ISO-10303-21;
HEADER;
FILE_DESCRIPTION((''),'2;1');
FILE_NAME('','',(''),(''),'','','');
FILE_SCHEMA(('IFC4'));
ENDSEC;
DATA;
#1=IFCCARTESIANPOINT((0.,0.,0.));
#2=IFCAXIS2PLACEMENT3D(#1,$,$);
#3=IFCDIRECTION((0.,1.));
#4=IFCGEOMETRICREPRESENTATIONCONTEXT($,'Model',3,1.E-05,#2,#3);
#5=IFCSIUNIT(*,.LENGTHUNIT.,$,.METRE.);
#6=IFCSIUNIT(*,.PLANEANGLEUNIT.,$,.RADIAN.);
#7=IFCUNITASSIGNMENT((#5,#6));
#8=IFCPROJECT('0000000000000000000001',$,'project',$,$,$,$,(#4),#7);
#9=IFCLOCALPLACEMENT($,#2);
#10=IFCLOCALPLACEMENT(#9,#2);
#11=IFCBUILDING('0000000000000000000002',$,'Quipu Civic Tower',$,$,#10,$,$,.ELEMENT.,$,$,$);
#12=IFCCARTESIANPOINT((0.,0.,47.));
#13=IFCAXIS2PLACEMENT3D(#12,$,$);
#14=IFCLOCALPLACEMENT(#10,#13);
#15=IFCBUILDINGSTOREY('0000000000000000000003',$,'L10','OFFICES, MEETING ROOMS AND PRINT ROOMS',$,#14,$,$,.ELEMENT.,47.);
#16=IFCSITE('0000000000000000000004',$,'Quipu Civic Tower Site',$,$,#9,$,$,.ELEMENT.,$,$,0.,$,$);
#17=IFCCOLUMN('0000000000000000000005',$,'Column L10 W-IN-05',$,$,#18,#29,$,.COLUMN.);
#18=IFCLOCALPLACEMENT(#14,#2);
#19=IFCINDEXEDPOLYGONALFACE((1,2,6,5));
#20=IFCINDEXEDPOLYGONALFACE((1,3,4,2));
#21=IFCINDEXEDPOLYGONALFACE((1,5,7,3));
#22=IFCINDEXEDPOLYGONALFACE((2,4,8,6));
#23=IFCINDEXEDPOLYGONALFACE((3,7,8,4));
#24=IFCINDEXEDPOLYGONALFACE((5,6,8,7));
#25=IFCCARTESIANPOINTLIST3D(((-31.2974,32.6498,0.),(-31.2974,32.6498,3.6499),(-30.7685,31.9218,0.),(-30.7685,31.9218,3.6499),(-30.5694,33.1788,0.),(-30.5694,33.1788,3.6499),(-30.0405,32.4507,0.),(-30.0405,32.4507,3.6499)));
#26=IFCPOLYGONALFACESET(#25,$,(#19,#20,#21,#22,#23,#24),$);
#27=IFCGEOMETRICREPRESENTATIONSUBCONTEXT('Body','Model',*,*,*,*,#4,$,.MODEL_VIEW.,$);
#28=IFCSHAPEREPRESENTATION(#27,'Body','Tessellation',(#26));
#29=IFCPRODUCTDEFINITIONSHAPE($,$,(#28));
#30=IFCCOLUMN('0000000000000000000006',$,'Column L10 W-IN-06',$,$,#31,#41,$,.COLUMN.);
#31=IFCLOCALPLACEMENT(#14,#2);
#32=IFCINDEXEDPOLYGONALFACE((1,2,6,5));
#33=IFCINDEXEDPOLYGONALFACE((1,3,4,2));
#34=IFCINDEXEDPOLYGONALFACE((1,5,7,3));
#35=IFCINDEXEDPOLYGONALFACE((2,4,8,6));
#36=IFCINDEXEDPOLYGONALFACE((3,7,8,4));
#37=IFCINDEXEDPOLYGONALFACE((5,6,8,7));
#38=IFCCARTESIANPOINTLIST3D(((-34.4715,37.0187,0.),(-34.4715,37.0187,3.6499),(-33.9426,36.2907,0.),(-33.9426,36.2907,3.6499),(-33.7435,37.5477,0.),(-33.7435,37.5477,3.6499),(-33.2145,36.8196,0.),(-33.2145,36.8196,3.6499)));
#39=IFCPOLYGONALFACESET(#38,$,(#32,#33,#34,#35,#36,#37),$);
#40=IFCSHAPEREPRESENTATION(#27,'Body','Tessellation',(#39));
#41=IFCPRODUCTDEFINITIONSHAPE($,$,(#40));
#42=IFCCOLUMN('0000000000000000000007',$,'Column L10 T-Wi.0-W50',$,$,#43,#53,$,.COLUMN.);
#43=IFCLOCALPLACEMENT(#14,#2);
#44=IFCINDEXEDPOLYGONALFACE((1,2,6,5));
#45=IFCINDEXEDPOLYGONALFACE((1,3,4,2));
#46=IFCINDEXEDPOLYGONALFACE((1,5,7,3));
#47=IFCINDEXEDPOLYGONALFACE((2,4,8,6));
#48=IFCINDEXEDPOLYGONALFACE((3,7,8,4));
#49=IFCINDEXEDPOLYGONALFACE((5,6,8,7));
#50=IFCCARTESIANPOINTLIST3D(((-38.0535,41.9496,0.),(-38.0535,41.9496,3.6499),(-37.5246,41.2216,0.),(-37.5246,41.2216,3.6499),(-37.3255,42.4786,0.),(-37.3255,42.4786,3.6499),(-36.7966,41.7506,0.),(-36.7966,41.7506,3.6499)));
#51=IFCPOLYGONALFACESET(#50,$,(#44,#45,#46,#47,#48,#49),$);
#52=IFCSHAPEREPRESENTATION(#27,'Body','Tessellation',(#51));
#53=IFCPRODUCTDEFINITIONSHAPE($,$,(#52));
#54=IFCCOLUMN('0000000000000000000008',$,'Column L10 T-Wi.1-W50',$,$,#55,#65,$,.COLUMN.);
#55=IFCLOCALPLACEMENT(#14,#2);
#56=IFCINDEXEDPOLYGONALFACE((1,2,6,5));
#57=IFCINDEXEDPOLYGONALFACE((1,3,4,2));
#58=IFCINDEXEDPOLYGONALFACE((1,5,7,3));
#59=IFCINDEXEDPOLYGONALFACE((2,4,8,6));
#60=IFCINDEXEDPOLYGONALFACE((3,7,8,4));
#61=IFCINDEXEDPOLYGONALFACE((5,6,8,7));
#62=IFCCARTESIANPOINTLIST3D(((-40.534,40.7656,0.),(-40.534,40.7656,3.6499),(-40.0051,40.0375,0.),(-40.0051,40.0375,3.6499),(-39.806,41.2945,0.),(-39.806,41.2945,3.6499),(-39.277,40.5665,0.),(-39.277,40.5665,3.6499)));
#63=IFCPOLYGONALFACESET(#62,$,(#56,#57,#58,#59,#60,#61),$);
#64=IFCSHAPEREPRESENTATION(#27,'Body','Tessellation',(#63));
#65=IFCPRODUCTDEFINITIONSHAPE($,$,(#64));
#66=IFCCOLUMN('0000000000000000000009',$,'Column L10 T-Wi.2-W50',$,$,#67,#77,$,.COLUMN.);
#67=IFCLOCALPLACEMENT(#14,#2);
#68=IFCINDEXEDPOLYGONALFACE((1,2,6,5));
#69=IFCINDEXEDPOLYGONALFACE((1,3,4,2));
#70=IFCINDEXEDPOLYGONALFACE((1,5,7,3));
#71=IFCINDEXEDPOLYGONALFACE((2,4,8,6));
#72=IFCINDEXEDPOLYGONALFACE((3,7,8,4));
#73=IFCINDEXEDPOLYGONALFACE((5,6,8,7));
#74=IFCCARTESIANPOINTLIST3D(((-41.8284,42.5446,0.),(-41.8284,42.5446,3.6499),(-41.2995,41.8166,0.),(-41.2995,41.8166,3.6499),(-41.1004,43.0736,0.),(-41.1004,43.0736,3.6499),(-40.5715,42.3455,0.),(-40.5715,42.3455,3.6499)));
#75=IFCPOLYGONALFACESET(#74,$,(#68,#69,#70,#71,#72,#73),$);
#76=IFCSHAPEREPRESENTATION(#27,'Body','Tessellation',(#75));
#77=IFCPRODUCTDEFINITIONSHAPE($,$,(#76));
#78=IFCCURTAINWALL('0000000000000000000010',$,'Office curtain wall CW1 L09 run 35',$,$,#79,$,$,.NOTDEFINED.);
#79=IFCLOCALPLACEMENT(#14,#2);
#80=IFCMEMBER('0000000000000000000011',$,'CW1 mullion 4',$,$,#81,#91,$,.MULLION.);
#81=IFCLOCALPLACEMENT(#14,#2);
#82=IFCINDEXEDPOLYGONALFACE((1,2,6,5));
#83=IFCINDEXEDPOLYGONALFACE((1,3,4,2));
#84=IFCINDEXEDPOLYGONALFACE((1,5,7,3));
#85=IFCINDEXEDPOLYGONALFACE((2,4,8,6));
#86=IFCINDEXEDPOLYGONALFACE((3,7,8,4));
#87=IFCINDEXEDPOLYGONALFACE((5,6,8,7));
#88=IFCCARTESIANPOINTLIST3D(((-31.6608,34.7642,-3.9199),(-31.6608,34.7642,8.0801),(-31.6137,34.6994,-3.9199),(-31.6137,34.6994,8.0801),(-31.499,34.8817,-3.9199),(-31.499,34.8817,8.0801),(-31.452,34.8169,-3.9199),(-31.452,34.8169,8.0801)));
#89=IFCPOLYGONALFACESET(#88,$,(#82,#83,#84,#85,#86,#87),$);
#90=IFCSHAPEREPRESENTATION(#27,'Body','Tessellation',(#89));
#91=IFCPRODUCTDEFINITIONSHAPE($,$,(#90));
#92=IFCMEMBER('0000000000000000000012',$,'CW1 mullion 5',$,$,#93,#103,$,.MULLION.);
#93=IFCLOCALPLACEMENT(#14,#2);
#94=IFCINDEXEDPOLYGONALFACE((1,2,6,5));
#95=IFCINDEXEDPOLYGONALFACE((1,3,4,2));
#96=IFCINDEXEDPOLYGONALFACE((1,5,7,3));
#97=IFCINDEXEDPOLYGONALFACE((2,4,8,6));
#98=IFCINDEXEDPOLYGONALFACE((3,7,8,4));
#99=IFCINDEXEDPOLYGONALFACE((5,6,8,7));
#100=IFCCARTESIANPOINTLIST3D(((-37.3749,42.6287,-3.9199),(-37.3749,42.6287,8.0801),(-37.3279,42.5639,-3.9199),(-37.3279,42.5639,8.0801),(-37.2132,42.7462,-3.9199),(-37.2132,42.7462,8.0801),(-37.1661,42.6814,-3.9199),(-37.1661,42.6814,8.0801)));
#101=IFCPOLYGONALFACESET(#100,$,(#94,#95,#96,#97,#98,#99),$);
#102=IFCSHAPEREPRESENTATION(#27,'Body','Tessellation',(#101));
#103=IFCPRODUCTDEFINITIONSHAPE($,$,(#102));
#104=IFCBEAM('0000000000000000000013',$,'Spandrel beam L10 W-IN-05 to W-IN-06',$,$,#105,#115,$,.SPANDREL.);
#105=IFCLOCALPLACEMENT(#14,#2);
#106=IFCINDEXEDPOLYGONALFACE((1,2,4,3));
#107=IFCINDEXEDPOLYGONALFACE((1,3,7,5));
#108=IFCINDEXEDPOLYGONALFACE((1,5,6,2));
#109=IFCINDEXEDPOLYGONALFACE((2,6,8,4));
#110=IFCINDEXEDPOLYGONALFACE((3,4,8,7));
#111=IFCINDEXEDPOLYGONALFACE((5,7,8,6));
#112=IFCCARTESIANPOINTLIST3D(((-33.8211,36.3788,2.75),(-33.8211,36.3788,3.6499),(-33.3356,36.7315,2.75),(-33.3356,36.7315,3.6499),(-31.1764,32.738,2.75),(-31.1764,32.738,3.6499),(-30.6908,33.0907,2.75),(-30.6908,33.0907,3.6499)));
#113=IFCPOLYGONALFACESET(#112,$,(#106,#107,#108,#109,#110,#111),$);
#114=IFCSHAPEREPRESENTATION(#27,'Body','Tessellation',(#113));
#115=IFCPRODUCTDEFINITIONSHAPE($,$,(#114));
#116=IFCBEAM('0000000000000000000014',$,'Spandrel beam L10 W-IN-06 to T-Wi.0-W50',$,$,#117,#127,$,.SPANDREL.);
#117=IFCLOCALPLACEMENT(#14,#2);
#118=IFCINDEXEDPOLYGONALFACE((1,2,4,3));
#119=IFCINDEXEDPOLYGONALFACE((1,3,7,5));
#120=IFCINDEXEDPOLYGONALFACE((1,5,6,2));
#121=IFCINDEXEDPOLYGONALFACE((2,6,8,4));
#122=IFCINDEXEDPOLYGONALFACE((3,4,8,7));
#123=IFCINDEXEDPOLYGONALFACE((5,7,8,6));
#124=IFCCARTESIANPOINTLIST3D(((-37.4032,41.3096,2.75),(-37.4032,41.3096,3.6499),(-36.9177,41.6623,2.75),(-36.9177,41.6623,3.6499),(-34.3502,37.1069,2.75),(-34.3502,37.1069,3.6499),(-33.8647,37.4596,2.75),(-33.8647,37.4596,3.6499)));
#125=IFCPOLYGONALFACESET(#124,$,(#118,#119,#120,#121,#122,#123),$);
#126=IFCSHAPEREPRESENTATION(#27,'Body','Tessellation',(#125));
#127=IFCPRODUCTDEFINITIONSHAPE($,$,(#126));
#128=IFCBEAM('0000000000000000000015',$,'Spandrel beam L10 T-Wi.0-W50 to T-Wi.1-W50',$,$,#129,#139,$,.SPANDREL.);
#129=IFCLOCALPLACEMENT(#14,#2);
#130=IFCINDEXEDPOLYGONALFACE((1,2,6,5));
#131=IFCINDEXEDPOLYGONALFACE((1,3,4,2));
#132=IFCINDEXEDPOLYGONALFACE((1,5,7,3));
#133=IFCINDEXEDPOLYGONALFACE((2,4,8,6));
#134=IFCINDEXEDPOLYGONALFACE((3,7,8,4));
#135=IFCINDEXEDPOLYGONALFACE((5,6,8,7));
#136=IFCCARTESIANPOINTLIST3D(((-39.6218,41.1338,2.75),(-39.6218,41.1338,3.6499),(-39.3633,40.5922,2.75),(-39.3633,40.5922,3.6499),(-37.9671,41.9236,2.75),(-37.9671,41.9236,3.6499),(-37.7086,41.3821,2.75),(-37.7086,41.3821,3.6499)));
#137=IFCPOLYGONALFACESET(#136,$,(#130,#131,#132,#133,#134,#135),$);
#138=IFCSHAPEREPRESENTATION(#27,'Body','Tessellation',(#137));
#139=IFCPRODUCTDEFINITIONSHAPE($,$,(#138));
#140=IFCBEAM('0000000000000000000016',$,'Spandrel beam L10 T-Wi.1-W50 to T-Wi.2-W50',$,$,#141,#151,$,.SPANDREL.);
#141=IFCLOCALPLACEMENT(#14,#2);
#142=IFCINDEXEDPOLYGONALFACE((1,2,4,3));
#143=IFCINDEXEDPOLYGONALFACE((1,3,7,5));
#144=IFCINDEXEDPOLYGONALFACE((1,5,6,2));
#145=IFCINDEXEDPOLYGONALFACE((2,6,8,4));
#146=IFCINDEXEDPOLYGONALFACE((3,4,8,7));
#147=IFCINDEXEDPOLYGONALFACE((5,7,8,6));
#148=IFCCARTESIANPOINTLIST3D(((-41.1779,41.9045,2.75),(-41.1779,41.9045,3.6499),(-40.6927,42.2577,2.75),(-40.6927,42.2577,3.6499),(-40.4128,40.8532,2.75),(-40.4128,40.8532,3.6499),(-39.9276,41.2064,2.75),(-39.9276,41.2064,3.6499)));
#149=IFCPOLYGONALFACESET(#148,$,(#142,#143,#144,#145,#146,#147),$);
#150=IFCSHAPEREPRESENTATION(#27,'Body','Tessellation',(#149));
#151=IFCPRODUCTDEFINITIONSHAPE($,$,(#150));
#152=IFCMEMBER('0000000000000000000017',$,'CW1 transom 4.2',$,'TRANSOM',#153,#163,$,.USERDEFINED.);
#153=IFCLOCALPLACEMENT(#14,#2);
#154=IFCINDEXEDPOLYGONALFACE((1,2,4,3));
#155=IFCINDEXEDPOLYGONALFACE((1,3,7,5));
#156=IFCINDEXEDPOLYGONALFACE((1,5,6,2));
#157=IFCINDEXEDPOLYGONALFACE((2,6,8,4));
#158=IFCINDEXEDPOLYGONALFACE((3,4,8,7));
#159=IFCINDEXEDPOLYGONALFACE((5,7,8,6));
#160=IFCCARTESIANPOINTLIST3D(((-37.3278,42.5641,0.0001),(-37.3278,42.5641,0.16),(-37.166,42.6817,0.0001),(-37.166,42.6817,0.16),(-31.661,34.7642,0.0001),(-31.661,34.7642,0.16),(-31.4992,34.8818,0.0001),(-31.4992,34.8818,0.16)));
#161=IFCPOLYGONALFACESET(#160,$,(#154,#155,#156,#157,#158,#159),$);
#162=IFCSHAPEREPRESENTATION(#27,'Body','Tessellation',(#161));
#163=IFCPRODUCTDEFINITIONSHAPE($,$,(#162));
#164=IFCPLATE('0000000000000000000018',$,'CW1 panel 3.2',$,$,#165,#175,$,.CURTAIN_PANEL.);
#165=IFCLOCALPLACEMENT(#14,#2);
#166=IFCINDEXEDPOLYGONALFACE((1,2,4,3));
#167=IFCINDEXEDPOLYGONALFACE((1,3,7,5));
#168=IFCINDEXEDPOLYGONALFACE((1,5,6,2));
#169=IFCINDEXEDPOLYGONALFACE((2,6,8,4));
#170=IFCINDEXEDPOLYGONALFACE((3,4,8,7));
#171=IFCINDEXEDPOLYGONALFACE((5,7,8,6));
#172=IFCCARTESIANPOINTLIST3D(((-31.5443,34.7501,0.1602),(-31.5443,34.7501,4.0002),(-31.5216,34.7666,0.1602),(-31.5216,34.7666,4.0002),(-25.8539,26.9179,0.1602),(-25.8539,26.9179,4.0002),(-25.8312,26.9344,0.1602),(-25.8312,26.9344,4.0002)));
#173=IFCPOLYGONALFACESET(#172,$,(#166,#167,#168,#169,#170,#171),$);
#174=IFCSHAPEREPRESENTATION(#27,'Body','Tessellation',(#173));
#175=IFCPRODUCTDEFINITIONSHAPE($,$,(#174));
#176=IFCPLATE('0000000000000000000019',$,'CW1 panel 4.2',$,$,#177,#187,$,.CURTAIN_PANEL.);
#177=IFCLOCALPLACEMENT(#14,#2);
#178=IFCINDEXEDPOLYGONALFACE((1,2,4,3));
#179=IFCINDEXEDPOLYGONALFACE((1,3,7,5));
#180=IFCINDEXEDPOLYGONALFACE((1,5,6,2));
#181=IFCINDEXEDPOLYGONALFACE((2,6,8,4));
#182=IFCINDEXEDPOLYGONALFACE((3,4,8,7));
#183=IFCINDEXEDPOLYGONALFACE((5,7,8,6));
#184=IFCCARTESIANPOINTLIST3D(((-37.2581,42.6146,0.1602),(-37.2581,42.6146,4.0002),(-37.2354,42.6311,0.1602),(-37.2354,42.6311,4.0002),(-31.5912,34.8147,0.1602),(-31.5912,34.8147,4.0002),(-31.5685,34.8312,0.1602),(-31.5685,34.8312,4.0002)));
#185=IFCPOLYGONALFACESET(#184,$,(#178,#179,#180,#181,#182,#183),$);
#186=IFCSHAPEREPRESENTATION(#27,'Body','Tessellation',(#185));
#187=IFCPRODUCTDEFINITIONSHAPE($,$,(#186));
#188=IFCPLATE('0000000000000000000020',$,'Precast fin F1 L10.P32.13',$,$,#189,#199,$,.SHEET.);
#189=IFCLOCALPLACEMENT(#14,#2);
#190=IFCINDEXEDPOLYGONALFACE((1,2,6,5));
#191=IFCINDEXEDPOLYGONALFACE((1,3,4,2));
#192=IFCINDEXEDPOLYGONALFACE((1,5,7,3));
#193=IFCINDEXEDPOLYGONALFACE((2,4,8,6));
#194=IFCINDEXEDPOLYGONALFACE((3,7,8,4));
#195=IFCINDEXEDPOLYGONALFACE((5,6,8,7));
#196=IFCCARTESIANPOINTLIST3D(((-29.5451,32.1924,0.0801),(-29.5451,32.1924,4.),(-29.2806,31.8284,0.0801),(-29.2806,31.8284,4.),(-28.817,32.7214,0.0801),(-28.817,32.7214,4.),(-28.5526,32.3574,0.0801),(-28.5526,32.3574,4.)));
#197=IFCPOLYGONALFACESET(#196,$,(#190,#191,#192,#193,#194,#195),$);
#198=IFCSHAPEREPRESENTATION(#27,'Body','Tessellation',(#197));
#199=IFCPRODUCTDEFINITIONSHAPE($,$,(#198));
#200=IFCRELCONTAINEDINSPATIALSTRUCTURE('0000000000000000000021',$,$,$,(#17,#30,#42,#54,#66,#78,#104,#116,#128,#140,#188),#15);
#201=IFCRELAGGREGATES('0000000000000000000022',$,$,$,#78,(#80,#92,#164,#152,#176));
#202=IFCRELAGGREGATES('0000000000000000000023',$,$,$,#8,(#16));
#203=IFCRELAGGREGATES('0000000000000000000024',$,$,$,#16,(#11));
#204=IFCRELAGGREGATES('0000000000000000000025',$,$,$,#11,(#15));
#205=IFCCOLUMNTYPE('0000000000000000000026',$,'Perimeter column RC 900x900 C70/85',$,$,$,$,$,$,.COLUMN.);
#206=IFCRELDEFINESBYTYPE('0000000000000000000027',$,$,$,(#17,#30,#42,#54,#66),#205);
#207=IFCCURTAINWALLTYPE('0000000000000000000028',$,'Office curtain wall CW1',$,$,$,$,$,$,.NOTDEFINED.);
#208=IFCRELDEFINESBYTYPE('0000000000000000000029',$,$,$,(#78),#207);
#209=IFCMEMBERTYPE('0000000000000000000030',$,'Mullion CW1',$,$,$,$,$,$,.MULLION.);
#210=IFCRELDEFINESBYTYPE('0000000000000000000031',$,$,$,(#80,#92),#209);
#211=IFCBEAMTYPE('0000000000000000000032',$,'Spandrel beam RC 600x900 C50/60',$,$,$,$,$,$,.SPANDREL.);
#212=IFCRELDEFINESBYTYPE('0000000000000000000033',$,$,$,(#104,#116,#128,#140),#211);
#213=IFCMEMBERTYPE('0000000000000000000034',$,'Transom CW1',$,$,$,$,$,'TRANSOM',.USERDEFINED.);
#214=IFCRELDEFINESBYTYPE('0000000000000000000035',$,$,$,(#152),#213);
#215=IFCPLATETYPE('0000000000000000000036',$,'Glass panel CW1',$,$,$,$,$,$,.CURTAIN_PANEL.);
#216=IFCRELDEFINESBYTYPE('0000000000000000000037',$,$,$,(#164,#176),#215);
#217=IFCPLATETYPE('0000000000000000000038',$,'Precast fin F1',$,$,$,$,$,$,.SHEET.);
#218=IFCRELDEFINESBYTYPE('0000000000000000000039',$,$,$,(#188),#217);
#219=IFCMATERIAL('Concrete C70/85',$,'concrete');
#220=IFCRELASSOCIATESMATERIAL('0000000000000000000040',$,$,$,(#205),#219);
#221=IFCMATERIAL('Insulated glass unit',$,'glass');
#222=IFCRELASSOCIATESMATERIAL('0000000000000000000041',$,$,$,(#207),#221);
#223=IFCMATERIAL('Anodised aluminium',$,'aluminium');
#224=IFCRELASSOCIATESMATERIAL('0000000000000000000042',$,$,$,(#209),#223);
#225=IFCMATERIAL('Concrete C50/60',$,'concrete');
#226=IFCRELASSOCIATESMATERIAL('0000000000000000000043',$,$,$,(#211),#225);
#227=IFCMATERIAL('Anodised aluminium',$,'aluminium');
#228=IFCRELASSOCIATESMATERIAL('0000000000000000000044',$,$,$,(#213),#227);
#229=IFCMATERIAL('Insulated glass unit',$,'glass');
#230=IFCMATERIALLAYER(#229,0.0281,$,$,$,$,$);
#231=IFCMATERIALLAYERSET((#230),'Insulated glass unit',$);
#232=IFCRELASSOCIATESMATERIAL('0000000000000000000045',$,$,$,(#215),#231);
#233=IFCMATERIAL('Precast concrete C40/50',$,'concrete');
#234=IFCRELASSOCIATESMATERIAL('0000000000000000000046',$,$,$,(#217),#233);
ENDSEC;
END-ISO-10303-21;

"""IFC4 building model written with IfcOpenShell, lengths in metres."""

from ifc_helpers import new_model, si_unit, direction, frame, origin, origin_2d, place, context, subcontext, project, spatial, rectangle, extrude, material, layer, layer_set, material_profile, profile_set, type_object, element, aggregate, save


model = new_model("IFC4")

# Units and contexts
model_context = context("Model", 3, precision=1e-05, world=origin(), true_north=direction((0.0, 1.0)))
body_context = subcontext(model_context, "Body", "Model", "MODEL_VIEW")
ifc_project = project(units=[si_unit("LENGTHUNIT", "METRE"), si_unit("PLANEANGLEUNIT", "RADIAN")], contexts=[model_context])

# Site, building, storey
site_placement = place(None, origin())
site = spatial("IfcSite", under=ifc_project, at=site_placement, Name="Quipu Civic Tower Site", CompositionType="ELEMENT", RefElevation=0.0)
building_placement = place(site_placement, origin())
building = spatial("IfcBuilding", under=site, at=building_placement, Name="Quipu Civic Tower", CompositionType="ELEMENT")
storey_placement = place(building_placement, frame((0.0, 0.0, 47.0)))
storey = spatial("IfcBuildingStorey", under=building, at=storey_placement, Name="L10", Description="OFFICES, MEETING ROOMS AND PRINT ROOMS", CompositionType="ELEMENT", Elevation=47.0)

# Columns
ifc_material_1 = material(Name="Concrete C70/85", Category="concrete")
ifc_material_profile_1 = material_profile(ifc_material_1, rectangle(XDim=0.8999, YDim=0.8999, at=origin_2d()), Name="RC900x900")
ifc_profile_set_1 = profile_set([ifc_material_profile_1], Name="Concrete C70/85")
column_type = type_object("IfcColumnType", Name="Perimeter column RC 900x900 C70/85", PredefinedType="COLUMN", material=ifc_profile_set_1)
for number, where, z_axis, x_axis, name in (
    (1, (-30.6689, 32.5503, 0.0), (0.0, 0.0, 1.0), (-0.587785, 0.809017, 0.0), "Column L10 W-IN-05"),
    (2, (-33.843, 36.9192, 0.0), (0.0, 0.0, 1.0), (-0.587785, 0.809017, 0.0), "Column L10 W-IN-06"),
    (3, (-37.425, 41.8501, 0.0), (0.0, 0.0, 1.0), (-0.587785, 0.809017, 0.0), "Column L10 T-Wi.0-W50"),
    (4, (-39.9055, 40.666, 0.0), (0.0, 0.0, 1.0), (-0.587785, 0.809017, 0.0), "Column L10 T-Wi.1-W50"),
    (5, (-41.2, 42.4451, 0.0), (0.0, 0.0, 1.0), (-0.587785, 0.809017, 0.0), "Column L10 T-Wi.2-W50"),
):
    element("IfcColumn", number, at=place(storey_placement, frame(where, z_axis=z_axis, x_axis=x_axis)), inside=storey, type_object=column_type, Name=name, PredefinedType="COLUMN", context=body_context, shape_type="SweptSolid", body=[
        extrude(rectangle(XDim=0.8999, YDim=0.8999, at=origin_2d()), origin(), (0.0, 0.0, 1.0), 3.6499),
    ])

# Curtain wall, members
ifc_material_2 = material(Name="Insulated glass unit", Category="glass")
curtain_wall_type = type_object("IfcCurtainWallType", Name="Office curtain wall CW1", PredefinedType="NOTDEFINED", material=ifc_material_2)
curtain_wall_placement = place(storey_placement, origin())
curtain_wall = element("IfcCurtainWall", 6, at=curtain_wall_placement, inside=storey, type_object=curtain_wall_type, Name="Office curtain wall CW1 L09 run 35", PredefinedType="NOTDEFINED")
ifc_material_3 = material(Name="Anodised aluminium", Category="aluminium")
ifc_material_profile_2 = material_profile(ifc_material_3, rectangle(XDim=0.2, YDim=0.0801, at=origin_2d()), Name="RECT 200x80")
ifc_profile_set_2 = profile_set([ifc_material_profile_2], Name="Anodised aluminium")
member_type_1 = type_object("IfcMemberType", Name="Mullion CW1", PredefinedType="MULLION", material=ifc_profile_set_2)
member_1_placement = place(storey_placement, frame((-31.5564, 34.7905, -3.9199), z_axis=(0.0, 0.0, 1.0), x_axis=(-0.809017, -0.587786, 0.0)))
member_1 = element("IfcMember", 7, at=member_1_placement, type_object=member_type_1, Name="CW1 mullion 4", PredefinedType="MULLION", context=body_context, shape_type="SweptSolid", body=[
    extrude(rectangle(XDim=0.2, YDim=0.0801, at=origin_2d()), origin(), (0.0, 0.0, 1.0), 12.0),
])
member_2_placement = place(storey_placement, frame((-37.2705, 42.655, -3.9199), z_axis=(0.0, 0.0, 1.0), x_axis=(-0.809017, -0.587786, 0.0)))
member_2 = element("IfcMember", 8, at=member_2_placement, type_object=member_type_1, Name="CW1 mullion 5", PredefinedType="MULLION", context=body_context, shape_type="SweptSolid", body=[
    extrude(rectangle(XDim=0.2, YDim=0.0801, at=origin_2d()), origin(), (0.0, 0.0, 1.0), 12.0),
])

# Beams
ifc_material_4 = material(Name="Concrete C50/60", Category="concrete")
ifc_material_profile_3 = material_profile(ifc_material_4, rectangle(XDim=0.6001, YDim=0.8999, at=origin_2d()), Name="RC600x900")
ifc_profile_set_3 = profile_set([ifc_material_profile_3], Name="Concrete C50/60")
beam_type = type_object("IfcBeamType", Name="Spandrel beam RC 600x900 C50/60", PredefinedType="SPANDREL", material=ifc_profile_set_3)
beam_1_placement = place(storey_placement, frame((-30.9336, 32.9143, 3.2), z_axis=(-0.587717, 0.809067, 0.0), x_axis=(-0.809067, -0.587717, 0.0)))
element("IfcBeam", 9, at=beam_1_placement, inside=storey, type_object=beam_type, Name="Spandrel beam L10 W-IN-05 to W-IN-06", PredefinedType="SPANDREL", context=body_context, shape_type="SweptSolid", body=[
    extrude(rectangle(XDim=0.6001, YDim=0.8999, at=origin_2d()), origin(), (0.0, 0.0, 1.0), 4.5),
])
beam_2_placement = place(storey_placement, frame((-34.1074, 37.2832, 3.2), z_axis=(-0.587733, 0.809055, 0.0), x_axis=(-0.809055, -0.587733, 0.0)))
element("IfcBeam", 10, at=beam_2_placement, inside=storey, type_object=beam_type, Name="Spandrel beam L10 W-IN-06 to T-Wi.0-W50", PredefinedType="SPANDREL", context=body_context, shape_type="SweptSolid", body=[
    extrude(rectangle(XDim=0.6001, YDim=0.8999, at=origin_2d()), origin(), (0.0, 0.0, 1.0), 5.1946),
])
beam_3_placement = place(storey_placement, frame((-37.8379, 41.6528, 3.2), z_axis=(-0.902454, -0.430786, 0.0), x_axis=(0.430786, -0.902454, 0.0)))
element("IfcBeam", 11, at=beam_3_placement, inside=storey, type_object=beam_type, Name="Spandrel beam L10 T-Wi.0-W50 to T-Wi.1-W50", PredefinedType="SPANDREL", context=body_context, shape_type="SweptSolid", body=[
    extrude(rectangle(XDim=0.6001, YDim=0.8999, at=origin_2d()), origin(), (0.0, 0.0, 1.0), 1.8335),
])
beam_4_placement = place(storey_placement, frame((-40.1702, 41.0298, 3.2), z_axis=(-0.588462, 0.808525, 0.0), x_axis=(-0.808525, -0.588462, 0.0)))
element("IfcBeam", 12, at=beam_4_placement, inside=storey, type_object=beam_type, Name="Spandrel beam L10 T-Wi.1-W50 to T-Wi.2-W50", PredefinedType="SPANDREL", context=body_context, shape_type="SweptSolid", body=[
    extrude(rectangle(XDim=0.6001, YDim=0.8999, at=origin_2d()), origin(), (0.0, 0.0, 1.0), 1.3003),
])

# Member
ifc_material_5 = material(Name="Anodised aluminium", Category="aluminium")
ifc_material_profile_4 = material_profile(ifc_material_5, rectangle(XDim=0.2, YDim=0.1599, at=origin_2d()), Name="RECT 200x160")
ifc_profile_set_4 = profile_set([ifc_material_profile_4], Name="Anodised aluminium")
member_type_2 = type_object("IfcMemberType", Name="Transom CW1", ElementType="TRANSOM", PredefinedType="USERDEFINED", material=ifc_profile_set_4)
member_3_placement = place(storey_placement, frame((-31.5801, 34.823, 0.0801), z_axis=(-0.587776, 0.809024, 0.0), x_axis=(-0.809024, -0.587776, 0.0)))
member_3 = element("IfcMember", 13, at=member_3_placement, type_object=member_type_2, Name="CW1 transom 4.2", ObjectType="TRANSOM", PredefinedType="USERDEFINED", context=body_context, shape_type="SweptSolid", body=[
    extrude(rectangle(XDim=0.2, YDim=0.1599, at=origin_2d()), origin(), (0.0, 0.0, 1.0), 9.6411),
])

# Plates
ifc_material_6 = material(Name="Insulated glass unit", Category="glass")
ifc_layer_1 = layer(ifc_material_6, 0.0281)
ifc_layer_set_1 = layer_set([ifc_layer_1], Name="Insulated glass unit")
plate_type_1 = type_object("IfcPlateType", Name="Glass panel CW1", PredefinedType="CURTAIN_PANEL", material=ifc_layer_set_1)
plate_1_placement = place(storey_placement, frame((-28.6877, 30.8423, 0.1602), z_axis=(0.0, 0.0, 1.0), x_axis=(-0.587786, 0.809017, 0.0)))
plate_1 = element("IfcPlate", 14, at=plate_1_placement, type_object=plate_type_1, Name="CW1 panel 3.2", PredefinedType="CURTAIN_PANEL", context=body_context, shape_type="SweptSolid", body=[
    extrude(rectangle(XDim=9.6812, YDim=0.0281, at=origin_2d()), origin(), (0.0, 0.0, 1.0), 3.8401),
])
plate_2_placement = place(storey_placement, frame((-34.4133, 38.7229, 0.1602), z_axis=(0.0, 0.0, 1.0), x_axis=(-0.587786, 0.809017, 0.0)))
plate_2 = element("IfcPlate", 15, at=plate_2_placement, type_object=plate_type_1, Name="CW1 panel 4.2", PredefinedType="CURTAIN_PANEL", context=body_context, shape_type="SweptSolid", body=[
    extrude(rectangle(XDim=9.6411, YDim=0.0281, at=origin_2d()), origin(), (0.0, 0.0, 1.0), 3.8401),
])
aggregate(curtain_wall, [member_1, member_2, plate_1, member_3, plate_2])

# Plate
ifc_material_7 = material(Name="Precast concrete C40/50", Category="concrete")
plate_type_2 = type_object("IfcPlateType", Name="Precast fin F1", PredefinedType="SHEET", material=ifc_material_7)
for number, where, z_axis, x_axis, name in (
    (16, (-29.0488, 32.2749, 0.0801), (0.0, 0.0, 1.0), (-0.587785, 0.809017, 0.0), "Precast fin F1 L10.P32.13"),
):
    element("IfcPlate", number, at=place(storey_placement, frame(where, z_axis=z_axis, x_axis=x_axis)), inside=storey, type_object=plate_type_2, Name=name, PredefinedType="SHEET", context=body_context, shape_type="SweptSolid", body=[
        extrude(rectangle(XDim=0.45, YDim=0.8999, at=origin_2d()), origin(), (0.0, 0.0, 1.0), 3.9199),
    ])

save(model, "model.ifc")
